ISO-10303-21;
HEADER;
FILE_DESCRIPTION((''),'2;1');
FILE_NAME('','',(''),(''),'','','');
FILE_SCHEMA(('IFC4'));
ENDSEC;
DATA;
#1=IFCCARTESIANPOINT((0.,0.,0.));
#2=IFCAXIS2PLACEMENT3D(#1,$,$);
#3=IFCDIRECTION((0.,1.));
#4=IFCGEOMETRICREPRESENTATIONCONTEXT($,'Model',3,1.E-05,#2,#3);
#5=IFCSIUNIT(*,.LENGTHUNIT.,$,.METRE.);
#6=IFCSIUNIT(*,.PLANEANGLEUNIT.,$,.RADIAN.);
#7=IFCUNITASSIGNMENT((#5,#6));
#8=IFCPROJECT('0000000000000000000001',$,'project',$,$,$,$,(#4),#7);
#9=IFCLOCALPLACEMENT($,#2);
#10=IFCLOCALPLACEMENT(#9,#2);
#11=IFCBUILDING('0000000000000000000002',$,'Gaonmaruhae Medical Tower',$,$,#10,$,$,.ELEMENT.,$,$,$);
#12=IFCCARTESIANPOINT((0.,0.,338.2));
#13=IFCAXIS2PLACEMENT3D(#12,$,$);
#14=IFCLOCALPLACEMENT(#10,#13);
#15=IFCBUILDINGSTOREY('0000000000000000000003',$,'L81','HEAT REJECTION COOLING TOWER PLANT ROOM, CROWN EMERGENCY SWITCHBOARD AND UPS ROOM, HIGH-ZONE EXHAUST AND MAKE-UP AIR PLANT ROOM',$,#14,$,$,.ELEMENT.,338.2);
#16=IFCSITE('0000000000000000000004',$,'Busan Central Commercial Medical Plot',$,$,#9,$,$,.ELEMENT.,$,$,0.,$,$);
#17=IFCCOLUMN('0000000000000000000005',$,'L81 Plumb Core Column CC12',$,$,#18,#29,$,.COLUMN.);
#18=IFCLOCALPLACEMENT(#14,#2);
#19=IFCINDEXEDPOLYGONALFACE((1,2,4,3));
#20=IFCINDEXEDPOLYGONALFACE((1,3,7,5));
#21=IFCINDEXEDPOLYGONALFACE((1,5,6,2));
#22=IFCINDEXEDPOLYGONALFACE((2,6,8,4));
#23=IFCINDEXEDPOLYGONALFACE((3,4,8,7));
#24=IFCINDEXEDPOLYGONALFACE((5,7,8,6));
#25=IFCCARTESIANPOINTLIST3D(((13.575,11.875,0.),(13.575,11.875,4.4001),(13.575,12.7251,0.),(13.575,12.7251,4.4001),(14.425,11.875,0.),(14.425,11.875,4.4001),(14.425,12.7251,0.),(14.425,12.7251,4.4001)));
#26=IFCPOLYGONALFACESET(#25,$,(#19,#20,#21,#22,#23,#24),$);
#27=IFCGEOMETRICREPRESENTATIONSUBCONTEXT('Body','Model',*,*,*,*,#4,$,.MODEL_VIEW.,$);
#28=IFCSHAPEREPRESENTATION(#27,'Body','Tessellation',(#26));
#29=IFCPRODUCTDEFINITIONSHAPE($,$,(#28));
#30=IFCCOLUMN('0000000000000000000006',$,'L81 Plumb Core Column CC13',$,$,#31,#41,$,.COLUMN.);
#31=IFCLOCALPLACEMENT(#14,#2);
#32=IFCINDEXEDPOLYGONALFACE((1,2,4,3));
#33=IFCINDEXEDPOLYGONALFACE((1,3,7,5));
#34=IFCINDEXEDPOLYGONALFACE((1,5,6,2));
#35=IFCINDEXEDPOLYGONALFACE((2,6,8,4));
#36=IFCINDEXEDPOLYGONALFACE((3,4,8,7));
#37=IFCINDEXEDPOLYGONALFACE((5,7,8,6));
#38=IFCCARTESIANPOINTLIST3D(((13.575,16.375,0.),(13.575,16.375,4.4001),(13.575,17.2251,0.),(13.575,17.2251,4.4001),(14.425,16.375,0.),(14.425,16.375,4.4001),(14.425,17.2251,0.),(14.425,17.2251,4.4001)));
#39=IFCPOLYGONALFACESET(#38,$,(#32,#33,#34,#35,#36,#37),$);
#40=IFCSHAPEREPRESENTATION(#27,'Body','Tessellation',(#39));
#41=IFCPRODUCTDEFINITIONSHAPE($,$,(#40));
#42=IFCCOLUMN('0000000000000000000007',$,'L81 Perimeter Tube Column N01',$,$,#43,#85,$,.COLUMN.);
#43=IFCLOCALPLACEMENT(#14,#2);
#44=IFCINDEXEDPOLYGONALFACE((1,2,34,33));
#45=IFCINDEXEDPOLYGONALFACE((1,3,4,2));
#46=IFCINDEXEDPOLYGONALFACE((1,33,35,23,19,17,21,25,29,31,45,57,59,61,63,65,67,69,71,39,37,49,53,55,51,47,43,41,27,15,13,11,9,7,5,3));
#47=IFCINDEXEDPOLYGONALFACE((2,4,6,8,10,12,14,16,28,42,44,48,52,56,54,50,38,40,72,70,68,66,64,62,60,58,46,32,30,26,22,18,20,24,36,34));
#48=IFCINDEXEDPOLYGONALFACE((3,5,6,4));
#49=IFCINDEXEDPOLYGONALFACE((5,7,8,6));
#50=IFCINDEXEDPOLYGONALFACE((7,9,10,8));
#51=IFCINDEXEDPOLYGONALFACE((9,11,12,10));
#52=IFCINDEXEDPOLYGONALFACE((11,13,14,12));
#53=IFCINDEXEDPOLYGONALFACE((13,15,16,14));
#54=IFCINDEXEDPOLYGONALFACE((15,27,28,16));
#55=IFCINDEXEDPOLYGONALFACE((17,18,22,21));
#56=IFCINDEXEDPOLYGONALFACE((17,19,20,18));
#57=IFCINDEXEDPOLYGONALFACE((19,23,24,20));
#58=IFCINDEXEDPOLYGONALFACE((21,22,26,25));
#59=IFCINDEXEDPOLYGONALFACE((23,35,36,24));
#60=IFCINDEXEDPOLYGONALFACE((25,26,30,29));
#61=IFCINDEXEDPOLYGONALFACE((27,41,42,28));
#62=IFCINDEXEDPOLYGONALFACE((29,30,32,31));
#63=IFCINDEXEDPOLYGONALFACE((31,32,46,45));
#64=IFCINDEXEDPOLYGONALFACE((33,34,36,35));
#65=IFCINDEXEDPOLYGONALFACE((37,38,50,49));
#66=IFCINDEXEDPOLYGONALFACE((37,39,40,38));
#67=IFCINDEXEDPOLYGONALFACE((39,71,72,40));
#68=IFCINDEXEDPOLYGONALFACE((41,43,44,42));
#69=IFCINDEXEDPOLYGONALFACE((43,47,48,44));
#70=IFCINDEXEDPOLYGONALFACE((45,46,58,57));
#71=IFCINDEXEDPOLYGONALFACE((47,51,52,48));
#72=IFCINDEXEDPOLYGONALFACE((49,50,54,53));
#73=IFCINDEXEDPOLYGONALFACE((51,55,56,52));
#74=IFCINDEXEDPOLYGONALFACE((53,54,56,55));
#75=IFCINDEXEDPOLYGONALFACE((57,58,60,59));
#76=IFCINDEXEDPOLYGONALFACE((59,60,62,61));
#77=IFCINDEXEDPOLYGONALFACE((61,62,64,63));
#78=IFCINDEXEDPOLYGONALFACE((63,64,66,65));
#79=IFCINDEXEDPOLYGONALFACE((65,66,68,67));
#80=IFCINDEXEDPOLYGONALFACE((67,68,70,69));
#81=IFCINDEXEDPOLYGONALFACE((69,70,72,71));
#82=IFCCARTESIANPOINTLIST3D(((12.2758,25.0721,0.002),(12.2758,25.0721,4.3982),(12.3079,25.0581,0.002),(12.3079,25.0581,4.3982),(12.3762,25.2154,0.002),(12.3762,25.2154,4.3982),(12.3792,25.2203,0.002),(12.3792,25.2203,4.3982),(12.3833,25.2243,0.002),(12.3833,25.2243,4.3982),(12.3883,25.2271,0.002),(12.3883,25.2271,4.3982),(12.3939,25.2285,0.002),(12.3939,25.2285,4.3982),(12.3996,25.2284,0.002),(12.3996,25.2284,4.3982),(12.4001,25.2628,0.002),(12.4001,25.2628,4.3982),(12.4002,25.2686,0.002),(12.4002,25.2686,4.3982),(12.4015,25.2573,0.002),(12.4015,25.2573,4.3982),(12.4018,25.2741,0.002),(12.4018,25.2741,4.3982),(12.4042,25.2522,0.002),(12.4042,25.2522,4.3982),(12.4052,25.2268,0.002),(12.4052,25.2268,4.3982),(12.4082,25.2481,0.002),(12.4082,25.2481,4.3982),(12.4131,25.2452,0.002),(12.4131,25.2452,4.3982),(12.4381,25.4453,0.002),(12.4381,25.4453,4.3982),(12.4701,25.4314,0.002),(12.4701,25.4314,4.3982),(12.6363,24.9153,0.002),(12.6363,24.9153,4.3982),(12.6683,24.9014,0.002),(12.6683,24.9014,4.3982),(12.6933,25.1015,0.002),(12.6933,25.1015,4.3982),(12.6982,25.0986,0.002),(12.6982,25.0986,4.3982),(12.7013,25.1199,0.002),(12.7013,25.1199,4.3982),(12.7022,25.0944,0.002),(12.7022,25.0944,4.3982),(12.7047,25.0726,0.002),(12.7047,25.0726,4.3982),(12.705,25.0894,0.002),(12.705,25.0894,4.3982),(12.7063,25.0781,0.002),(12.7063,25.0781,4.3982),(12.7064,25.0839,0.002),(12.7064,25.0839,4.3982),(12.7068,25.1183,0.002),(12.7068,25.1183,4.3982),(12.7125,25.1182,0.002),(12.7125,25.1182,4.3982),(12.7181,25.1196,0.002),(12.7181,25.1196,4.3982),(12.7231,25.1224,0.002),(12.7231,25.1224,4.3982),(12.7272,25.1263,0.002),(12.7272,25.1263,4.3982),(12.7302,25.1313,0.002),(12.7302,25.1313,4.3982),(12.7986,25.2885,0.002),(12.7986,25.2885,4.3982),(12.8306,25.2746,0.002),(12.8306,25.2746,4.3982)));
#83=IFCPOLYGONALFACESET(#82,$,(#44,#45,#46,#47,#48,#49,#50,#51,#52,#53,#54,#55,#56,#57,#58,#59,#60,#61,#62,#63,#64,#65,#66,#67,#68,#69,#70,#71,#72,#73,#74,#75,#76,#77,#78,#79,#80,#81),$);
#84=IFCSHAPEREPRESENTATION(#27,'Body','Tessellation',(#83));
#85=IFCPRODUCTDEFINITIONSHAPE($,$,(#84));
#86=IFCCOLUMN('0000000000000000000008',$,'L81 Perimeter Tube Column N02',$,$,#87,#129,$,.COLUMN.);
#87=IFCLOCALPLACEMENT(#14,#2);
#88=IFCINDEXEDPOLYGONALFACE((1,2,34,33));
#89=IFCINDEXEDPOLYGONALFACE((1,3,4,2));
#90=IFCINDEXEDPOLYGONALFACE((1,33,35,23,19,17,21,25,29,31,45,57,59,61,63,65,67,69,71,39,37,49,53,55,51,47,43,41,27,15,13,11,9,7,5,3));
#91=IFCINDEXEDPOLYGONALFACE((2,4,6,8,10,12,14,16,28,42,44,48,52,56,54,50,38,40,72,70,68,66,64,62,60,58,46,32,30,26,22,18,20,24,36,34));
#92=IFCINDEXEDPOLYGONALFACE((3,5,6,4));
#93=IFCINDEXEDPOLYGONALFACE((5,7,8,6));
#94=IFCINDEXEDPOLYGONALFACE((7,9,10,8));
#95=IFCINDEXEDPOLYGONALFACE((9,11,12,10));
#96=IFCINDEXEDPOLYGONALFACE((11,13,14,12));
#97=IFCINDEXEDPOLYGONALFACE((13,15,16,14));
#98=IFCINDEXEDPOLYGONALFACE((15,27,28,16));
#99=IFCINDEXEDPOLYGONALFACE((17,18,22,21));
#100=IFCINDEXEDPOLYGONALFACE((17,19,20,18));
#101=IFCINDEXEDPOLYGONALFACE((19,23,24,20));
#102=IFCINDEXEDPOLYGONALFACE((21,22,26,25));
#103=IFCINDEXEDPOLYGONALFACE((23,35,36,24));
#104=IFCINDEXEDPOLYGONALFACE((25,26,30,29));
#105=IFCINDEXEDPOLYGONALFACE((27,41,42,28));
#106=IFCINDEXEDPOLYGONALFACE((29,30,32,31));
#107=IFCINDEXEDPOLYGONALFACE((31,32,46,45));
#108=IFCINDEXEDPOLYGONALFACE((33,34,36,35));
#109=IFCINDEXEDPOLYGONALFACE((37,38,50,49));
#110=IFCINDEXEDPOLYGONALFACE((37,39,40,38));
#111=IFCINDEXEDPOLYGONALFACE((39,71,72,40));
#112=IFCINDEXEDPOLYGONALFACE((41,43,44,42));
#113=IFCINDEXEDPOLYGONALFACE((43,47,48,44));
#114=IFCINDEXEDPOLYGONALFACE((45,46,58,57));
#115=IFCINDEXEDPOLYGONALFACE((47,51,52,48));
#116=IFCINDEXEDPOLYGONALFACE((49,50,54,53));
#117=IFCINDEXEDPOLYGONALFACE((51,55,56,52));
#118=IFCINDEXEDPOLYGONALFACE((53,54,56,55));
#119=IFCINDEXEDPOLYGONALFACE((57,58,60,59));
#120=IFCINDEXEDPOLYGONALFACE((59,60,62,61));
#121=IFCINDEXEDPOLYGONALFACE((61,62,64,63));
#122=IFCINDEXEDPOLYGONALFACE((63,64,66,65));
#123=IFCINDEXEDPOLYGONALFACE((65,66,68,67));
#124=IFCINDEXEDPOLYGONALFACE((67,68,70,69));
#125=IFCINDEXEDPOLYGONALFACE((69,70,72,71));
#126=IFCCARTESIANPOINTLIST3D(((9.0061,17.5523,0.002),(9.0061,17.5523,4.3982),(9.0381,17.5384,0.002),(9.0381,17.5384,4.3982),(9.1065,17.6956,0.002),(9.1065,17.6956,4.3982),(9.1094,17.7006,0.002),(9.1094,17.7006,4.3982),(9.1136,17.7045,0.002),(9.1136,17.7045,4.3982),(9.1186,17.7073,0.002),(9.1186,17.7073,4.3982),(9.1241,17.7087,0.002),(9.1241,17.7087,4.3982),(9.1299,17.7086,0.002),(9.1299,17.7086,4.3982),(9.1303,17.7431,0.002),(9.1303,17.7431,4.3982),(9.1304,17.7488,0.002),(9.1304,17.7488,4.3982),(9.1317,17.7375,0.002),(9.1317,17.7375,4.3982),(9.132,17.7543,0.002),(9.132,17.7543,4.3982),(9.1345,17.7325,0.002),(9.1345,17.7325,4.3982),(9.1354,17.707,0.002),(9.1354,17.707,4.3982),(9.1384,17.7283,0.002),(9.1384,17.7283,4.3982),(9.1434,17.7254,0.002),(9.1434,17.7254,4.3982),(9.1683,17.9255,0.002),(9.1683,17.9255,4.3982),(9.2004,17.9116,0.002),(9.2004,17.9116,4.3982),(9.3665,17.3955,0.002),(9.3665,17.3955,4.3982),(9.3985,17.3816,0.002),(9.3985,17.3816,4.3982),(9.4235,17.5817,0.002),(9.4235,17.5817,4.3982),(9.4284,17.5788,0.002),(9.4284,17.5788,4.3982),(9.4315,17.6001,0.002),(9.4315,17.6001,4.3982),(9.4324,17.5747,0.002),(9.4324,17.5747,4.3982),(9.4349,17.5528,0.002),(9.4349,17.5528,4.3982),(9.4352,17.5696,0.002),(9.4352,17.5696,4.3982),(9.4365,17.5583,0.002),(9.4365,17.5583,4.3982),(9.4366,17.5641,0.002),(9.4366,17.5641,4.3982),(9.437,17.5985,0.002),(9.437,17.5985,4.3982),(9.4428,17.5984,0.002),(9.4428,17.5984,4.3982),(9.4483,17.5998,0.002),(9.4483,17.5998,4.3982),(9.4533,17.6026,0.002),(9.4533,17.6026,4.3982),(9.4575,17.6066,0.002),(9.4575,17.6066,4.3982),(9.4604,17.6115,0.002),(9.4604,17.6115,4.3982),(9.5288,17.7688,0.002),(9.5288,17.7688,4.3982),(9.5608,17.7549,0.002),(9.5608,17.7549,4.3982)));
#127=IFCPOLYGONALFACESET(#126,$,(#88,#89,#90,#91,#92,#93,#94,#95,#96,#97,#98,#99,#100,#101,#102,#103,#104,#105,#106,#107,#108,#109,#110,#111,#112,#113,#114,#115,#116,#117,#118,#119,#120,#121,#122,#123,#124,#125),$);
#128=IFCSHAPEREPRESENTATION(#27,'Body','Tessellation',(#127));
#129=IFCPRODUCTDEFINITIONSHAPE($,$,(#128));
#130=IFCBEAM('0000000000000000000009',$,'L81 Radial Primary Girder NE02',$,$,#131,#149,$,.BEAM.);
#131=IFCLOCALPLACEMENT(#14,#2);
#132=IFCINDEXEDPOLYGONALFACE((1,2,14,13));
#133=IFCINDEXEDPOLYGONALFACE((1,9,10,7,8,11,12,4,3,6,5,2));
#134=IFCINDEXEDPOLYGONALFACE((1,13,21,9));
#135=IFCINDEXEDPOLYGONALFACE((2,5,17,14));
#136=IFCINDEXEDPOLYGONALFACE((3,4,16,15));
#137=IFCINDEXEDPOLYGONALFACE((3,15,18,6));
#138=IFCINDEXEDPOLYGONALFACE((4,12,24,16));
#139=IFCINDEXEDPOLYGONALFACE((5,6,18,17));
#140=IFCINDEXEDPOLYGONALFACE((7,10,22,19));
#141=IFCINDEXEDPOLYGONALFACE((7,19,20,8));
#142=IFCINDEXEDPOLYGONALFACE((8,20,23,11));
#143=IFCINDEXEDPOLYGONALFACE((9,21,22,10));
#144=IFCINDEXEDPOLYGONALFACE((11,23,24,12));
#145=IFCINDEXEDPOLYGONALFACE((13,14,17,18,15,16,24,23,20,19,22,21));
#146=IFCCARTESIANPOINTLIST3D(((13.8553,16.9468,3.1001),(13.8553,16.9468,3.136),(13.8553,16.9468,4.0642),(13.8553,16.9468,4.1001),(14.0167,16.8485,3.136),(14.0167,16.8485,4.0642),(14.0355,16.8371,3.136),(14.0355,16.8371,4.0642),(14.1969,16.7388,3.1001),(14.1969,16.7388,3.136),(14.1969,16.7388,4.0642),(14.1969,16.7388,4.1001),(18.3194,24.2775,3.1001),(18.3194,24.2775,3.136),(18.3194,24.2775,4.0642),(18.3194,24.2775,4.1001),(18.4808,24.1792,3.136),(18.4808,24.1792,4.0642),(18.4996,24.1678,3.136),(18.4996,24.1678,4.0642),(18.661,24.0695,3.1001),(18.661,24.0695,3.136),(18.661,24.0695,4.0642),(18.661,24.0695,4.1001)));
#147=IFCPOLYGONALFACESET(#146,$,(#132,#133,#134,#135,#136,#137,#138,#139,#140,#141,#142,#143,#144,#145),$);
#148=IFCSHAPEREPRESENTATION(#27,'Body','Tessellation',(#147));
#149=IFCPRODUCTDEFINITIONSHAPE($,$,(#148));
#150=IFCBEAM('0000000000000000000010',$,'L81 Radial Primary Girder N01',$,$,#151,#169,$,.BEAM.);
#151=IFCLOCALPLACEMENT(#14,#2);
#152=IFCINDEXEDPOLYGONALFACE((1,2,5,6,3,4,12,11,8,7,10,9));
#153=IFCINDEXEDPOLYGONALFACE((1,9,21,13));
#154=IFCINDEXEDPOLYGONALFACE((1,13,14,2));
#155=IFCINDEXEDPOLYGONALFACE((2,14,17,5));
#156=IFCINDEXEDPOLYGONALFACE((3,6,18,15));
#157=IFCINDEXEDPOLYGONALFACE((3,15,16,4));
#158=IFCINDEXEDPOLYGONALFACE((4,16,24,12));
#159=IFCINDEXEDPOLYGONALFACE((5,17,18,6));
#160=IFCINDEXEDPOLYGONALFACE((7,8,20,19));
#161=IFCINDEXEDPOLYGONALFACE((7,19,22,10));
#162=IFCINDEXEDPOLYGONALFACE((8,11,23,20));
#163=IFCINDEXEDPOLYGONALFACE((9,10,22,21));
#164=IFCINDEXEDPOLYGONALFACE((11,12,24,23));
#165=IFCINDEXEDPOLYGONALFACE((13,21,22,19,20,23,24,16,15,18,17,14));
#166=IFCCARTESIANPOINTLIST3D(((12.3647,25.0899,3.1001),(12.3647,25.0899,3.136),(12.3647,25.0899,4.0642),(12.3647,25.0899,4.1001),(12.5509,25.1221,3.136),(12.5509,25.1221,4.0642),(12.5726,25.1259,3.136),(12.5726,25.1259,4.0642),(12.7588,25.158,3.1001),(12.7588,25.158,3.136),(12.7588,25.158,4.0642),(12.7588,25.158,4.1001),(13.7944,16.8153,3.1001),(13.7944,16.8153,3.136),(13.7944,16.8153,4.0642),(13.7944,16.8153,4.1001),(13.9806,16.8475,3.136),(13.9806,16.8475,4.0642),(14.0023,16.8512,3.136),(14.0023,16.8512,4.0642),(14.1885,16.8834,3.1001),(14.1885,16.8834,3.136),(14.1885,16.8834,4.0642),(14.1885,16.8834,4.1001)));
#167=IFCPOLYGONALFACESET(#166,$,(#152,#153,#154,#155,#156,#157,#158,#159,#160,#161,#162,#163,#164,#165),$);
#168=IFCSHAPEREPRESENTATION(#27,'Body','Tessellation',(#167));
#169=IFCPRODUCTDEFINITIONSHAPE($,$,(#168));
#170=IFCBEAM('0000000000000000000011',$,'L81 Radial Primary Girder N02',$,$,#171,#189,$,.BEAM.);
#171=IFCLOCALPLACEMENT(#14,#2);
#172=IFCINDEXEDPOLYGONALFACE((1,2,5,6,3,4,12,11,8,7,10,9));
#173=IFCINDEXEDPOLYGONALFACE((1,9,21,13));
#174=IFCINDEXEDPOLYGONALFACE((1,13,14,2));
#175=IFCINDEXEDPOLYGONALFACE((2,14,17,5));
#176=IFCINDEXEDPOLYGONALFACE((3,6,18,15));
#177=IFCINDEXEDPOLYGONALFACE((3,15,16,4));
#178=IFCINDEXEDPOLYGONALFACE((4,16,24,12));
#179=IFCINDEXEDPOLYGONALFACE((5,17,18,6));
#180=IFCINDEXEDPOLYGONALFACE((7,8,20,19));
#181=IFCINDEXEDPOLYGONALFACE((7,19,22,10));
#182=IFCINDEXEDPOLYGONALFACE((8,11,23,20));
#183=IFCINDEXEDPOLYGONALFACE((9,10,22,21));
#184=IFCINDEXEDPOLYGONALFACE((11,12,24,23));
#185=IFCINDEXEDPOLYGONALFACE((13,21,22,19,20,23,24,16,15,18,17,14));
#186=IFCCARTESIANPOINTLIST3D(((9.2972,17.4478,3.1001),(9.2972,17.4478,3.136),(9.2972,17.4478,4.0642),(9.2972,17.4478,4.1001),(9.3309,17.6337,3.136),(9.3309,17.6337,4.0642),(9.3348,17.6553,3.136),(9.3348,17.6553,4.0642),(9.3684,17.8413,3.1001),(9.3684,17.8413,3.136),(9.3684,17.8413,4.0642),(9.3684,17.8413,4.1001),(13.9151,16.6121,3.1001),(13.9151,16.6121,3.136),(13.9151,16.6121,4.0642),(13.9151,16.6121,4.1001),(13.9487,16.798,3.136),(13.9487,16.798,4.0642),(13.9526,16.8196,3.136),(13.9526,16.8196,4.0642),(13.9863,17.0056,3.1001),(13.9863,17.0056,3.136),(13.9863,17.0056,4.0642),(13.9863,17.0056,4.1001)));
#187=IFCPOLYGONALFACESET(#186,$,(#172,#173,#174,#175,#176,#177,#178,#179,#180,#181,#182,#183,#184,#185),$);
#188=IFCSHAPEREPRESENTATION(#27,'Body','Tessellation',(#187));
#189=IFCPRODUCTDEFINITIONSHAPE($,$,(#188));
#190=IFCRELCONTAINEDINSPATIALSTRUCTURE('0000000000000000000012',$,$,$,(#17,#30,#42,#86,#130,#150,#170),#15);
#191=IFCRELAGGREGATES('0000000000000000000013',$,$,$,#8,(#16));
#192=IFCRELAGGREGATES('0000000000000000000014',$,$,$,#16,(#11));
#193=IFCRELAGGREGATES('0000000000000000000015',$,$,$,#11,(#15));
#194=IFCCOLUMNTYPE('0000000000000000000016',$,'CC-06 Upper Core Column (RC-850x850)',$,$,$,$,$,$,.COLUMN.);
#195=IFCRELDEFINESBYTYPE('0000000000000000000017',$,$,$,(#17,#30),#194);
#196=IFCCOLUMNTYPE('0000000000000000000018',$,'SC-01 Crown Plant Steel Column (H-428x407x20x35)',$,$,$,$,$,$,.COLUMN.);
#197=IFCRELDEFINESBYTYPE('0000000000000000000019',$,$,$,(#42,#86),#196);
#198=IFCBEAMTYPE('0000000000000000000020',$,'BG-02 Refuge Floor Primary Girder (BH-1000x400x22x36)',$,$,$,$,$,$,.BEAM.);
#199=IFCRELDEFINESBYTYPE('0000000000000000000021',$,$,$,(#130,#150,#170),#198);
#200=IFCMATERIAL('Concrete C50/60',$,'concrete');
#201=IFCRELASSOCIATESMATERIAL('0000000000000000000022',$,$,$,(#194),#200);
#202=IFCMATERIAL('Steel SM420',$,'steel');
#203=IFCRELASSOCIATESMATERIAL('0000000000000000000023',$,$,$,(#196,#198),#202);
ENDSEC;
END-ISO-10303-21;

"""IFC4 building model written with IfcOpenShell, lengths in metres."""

from ifc_helpers import new_model, si_unit, direction, frame, origin, origin_2d, place, context, subcontext, project, spatial, rectangle, i_section, extrude, material, material_profile, profile_set, type_object, element, save


model = new_model("IFC4")

# Units and contexts
model_context = context("Model", 3, precision=1e-05, world=origin(), true_north=direction((0.0, 1.0)))
body_context = subcontext(model_context, "Body", "Model", "MODEL_VIEW")
ifc_project = project(units=[si_unit("LENGTHUNIT", "METRE"), si_unit("PLANEANGLEUNIT", "RADIAN")], contexts=[model_context])

# Site, building, storey
site_placement = place(None, origin())
site = spatial("IfcSite", under=ifc_project, at=site_placement, Name="Busan Central Commercial Medical Plot", CompositionType="ELEMENT", RefElevation=0.0)
building_placement = place(site_placement, origin())
building = spatial("IfcBuilding", under=site, at=building_placement, Name="Gaonmaruhae Medical Tower", CompositionType="ELEMENT")
storey_placement = place(building_placement, frame((0.0, 0.0, 338.2)))
storey = spatial("IfcBuildingStorey", under=building, at=storey_placement, Name="L81", Description="HEAT REJECTION COOLING TOWER PLANT ROOM, CROWN EMERGENCY SWITCHBOARD AND UPS ROOM, HIGH-ZONE EXHAUST AND MAKE-UP AIR PLANT ROOM", CompositionType="ELEMENT", Elevation=338.2)

# Columns
ifc_material_1 = material(Name="Concrete C50/60", Category="concrete")
ifc_material_profile_1 = material_profile(ifc_material_1, rectangle(XDim=0.8501, YDim=0.8501, at=origin_2d()), Name="RC-850x850")
ifc_profile_set_1 = profile_set([ifc_material_profile_1], Name="Concrete C50/60")
column_type_1 = type_object("IfcColumnType", Name="CC-06 Upper Core Column (RC-850x850)", PredefinedType="COLUMN", material=ifc_profile_set_1)
for number, where, z_axis, x_axis, name in (
    (1, (14.0, 12.3, 0.0), (0.0, 0.0, 1.0), (1.0, 0.0, 0.0), "L81 Plumb Core Column CC12"),
    (2, (14.0, 16.8, 0.0), (0.0, 0.0, 1.0), (1.0, 0.0, 0.0), "L81 Plumb Core Column CC13"),
):
    element("IfcColumn", number, at=place(storey_placement, frame(where, z_axis=z_axis, x_axis=x_axis)), inside=storey, type_object=column_type_1, Name=name, PredefinedType="COLUMN", context=body_context, shape_type="SweptSolid", body=[
        extrude(rectangle(XDim=0.8501, YDim=0.8501, at=origin_2d()), origin(), (0.0, 0.0, 1.0), 4.4001),
    ])
ifc_material_2 = material(Name="Steel SM420", Category="steel")
ifc_material_profile_2 = material_profile(ifc_material_2, i_section(OverallWidth=0.407, OverallDepth=0.428, WebThickness=0.02, FlangeThickness=0.0349, FilletRadius=0.022, at=origin_2d()), Name="H-428x407x20x35")
ifc_profile_set_2 = profile_set([ifc_material_profile_2], Name="Steel SM420")
column_type_2 = type_object("IfcColumnType", Name="SC-01 Crown Plant Steel Column (H-428x407x20x35)", PredefinedType="COLUMN", material=ifc_profile_set_2)
for number, where, z_axis, x_axis, name in (
    (3, (12.5532, 25.1733, 0.002), (0.0, 0.0, 1.0), (0.398749, 0.91706, 0.0), "L81 Perimeter Tube Column N01"),
    (4, (9.2834, 17.6536, 0.002), (0.0, 0.0, 1.0), (0.398749, 0.91706, 0.0), "L81 Perimeter Tube Column N02"),
):
    element("IfcColumn", number, at=place(storey_placement, frame(where, z_axis=z_axis, x_axis=x_axis)), inside=storey, type_object=column_type_2, Name=name, PredefinedType="COLUMN", context=body_context, shape_type="SweptSolid", body=[
        extrude(i_section(OverallWidth=0.407, OverallDepth=0.428, WebThickness=0.02, FlangeThickness=0.0349, FilletRadius=0.022, at=origin_2d()), origin(), (0.0, 0.0, 1.0), 4.3962),
    ])

# Beams
ifc_material_profile_3 = material_profile(ifc_material_2, i_section(OverallWidth=0.3999, OverallDepth=1.0, WebThickness=0.022, FlangeThickness=0.0359, at=origin_2d()), Name="BH-1000x400x22x36")
ifc_profile_set_3 = profile_set([ifc_material_profile_3], Name="Steel SM420")
beam_type_1 = type_object("IfcBeamType", Name="BG-02 Refuge Floor Primary Girder (BH-1000x400x22x36)", PredefinedType="BEAM", material=ifc_profile_set_3)
beam_1_placement = place(storey_placement, frame((14.0261, 16.8428, 3.6001), z_axis=(0.520107, 0.854101, 0.0), x_axis=(-0.854101, 0.520107, 0.0)))
element("IfcBeam", 5, at=beam_1_placement, inside=storey, type_object=beam_type_1, Name="L81 Radial Primary Girder NE02", PredefinedType="BEAM", context=body_context, shape_type="SweptSolid", body=[
    extrude(i_section(OverallWidth=0.3999, OverallDepth=1.0, WebThickness=0.022, FlangeThickness=0.0359, at=origin_2d()), origin(), (0.0, 0.0, 1.0), 8.583),
])
beam_2_placement = place(storey_placement, frame((13.9915, 16.8494, 3.6001), z_axis=(-0.170256, 0.9854, 0.0), x_axis=(-0.9854, -0.170256, 0.0)))
element("IfcBeam", 6, at=beam_2_placement, inside=storey, type_object=beam_type_1, Name="L81 Radial Primary Girder N01", PredefinedType="BEAM", context=body_context, shape_type="SweptSolid", body=[
    extrude(i_section(OverallWidth=0.3999, OverallDepth=1.0, WebThickness=0.022, FlangeThickness=0.0359, at=origin_2d()), origin(), (0.0, 0.0, 1.0), 8.3972),
])
beam_3_placement = place(storey_placement, frame((13.9507, 16.8088, 3.6001), z_axis=(-0.984017, 0.178075, 0.0), x_axis=(-0.178075, -0.984017, 0.0)))
element("IfcBeam", 7, at=beam_3_placement, inside=storey, type_object=beam_type_1, Name="L81 Radial Primary Girder N02", PredefinedType="BEAM", context=body_context, shape_type="SweptSolid", body=[
    extrude(i_section(OverallWidth=0.3999, OverallDepth=1.0, WebThickness=0.022, FlangeThickness=0.0359, at=origin_2d()), origin(), (0.0, 0.0, 1.0), 4.6929),
])

save(model, "model.ifc")
